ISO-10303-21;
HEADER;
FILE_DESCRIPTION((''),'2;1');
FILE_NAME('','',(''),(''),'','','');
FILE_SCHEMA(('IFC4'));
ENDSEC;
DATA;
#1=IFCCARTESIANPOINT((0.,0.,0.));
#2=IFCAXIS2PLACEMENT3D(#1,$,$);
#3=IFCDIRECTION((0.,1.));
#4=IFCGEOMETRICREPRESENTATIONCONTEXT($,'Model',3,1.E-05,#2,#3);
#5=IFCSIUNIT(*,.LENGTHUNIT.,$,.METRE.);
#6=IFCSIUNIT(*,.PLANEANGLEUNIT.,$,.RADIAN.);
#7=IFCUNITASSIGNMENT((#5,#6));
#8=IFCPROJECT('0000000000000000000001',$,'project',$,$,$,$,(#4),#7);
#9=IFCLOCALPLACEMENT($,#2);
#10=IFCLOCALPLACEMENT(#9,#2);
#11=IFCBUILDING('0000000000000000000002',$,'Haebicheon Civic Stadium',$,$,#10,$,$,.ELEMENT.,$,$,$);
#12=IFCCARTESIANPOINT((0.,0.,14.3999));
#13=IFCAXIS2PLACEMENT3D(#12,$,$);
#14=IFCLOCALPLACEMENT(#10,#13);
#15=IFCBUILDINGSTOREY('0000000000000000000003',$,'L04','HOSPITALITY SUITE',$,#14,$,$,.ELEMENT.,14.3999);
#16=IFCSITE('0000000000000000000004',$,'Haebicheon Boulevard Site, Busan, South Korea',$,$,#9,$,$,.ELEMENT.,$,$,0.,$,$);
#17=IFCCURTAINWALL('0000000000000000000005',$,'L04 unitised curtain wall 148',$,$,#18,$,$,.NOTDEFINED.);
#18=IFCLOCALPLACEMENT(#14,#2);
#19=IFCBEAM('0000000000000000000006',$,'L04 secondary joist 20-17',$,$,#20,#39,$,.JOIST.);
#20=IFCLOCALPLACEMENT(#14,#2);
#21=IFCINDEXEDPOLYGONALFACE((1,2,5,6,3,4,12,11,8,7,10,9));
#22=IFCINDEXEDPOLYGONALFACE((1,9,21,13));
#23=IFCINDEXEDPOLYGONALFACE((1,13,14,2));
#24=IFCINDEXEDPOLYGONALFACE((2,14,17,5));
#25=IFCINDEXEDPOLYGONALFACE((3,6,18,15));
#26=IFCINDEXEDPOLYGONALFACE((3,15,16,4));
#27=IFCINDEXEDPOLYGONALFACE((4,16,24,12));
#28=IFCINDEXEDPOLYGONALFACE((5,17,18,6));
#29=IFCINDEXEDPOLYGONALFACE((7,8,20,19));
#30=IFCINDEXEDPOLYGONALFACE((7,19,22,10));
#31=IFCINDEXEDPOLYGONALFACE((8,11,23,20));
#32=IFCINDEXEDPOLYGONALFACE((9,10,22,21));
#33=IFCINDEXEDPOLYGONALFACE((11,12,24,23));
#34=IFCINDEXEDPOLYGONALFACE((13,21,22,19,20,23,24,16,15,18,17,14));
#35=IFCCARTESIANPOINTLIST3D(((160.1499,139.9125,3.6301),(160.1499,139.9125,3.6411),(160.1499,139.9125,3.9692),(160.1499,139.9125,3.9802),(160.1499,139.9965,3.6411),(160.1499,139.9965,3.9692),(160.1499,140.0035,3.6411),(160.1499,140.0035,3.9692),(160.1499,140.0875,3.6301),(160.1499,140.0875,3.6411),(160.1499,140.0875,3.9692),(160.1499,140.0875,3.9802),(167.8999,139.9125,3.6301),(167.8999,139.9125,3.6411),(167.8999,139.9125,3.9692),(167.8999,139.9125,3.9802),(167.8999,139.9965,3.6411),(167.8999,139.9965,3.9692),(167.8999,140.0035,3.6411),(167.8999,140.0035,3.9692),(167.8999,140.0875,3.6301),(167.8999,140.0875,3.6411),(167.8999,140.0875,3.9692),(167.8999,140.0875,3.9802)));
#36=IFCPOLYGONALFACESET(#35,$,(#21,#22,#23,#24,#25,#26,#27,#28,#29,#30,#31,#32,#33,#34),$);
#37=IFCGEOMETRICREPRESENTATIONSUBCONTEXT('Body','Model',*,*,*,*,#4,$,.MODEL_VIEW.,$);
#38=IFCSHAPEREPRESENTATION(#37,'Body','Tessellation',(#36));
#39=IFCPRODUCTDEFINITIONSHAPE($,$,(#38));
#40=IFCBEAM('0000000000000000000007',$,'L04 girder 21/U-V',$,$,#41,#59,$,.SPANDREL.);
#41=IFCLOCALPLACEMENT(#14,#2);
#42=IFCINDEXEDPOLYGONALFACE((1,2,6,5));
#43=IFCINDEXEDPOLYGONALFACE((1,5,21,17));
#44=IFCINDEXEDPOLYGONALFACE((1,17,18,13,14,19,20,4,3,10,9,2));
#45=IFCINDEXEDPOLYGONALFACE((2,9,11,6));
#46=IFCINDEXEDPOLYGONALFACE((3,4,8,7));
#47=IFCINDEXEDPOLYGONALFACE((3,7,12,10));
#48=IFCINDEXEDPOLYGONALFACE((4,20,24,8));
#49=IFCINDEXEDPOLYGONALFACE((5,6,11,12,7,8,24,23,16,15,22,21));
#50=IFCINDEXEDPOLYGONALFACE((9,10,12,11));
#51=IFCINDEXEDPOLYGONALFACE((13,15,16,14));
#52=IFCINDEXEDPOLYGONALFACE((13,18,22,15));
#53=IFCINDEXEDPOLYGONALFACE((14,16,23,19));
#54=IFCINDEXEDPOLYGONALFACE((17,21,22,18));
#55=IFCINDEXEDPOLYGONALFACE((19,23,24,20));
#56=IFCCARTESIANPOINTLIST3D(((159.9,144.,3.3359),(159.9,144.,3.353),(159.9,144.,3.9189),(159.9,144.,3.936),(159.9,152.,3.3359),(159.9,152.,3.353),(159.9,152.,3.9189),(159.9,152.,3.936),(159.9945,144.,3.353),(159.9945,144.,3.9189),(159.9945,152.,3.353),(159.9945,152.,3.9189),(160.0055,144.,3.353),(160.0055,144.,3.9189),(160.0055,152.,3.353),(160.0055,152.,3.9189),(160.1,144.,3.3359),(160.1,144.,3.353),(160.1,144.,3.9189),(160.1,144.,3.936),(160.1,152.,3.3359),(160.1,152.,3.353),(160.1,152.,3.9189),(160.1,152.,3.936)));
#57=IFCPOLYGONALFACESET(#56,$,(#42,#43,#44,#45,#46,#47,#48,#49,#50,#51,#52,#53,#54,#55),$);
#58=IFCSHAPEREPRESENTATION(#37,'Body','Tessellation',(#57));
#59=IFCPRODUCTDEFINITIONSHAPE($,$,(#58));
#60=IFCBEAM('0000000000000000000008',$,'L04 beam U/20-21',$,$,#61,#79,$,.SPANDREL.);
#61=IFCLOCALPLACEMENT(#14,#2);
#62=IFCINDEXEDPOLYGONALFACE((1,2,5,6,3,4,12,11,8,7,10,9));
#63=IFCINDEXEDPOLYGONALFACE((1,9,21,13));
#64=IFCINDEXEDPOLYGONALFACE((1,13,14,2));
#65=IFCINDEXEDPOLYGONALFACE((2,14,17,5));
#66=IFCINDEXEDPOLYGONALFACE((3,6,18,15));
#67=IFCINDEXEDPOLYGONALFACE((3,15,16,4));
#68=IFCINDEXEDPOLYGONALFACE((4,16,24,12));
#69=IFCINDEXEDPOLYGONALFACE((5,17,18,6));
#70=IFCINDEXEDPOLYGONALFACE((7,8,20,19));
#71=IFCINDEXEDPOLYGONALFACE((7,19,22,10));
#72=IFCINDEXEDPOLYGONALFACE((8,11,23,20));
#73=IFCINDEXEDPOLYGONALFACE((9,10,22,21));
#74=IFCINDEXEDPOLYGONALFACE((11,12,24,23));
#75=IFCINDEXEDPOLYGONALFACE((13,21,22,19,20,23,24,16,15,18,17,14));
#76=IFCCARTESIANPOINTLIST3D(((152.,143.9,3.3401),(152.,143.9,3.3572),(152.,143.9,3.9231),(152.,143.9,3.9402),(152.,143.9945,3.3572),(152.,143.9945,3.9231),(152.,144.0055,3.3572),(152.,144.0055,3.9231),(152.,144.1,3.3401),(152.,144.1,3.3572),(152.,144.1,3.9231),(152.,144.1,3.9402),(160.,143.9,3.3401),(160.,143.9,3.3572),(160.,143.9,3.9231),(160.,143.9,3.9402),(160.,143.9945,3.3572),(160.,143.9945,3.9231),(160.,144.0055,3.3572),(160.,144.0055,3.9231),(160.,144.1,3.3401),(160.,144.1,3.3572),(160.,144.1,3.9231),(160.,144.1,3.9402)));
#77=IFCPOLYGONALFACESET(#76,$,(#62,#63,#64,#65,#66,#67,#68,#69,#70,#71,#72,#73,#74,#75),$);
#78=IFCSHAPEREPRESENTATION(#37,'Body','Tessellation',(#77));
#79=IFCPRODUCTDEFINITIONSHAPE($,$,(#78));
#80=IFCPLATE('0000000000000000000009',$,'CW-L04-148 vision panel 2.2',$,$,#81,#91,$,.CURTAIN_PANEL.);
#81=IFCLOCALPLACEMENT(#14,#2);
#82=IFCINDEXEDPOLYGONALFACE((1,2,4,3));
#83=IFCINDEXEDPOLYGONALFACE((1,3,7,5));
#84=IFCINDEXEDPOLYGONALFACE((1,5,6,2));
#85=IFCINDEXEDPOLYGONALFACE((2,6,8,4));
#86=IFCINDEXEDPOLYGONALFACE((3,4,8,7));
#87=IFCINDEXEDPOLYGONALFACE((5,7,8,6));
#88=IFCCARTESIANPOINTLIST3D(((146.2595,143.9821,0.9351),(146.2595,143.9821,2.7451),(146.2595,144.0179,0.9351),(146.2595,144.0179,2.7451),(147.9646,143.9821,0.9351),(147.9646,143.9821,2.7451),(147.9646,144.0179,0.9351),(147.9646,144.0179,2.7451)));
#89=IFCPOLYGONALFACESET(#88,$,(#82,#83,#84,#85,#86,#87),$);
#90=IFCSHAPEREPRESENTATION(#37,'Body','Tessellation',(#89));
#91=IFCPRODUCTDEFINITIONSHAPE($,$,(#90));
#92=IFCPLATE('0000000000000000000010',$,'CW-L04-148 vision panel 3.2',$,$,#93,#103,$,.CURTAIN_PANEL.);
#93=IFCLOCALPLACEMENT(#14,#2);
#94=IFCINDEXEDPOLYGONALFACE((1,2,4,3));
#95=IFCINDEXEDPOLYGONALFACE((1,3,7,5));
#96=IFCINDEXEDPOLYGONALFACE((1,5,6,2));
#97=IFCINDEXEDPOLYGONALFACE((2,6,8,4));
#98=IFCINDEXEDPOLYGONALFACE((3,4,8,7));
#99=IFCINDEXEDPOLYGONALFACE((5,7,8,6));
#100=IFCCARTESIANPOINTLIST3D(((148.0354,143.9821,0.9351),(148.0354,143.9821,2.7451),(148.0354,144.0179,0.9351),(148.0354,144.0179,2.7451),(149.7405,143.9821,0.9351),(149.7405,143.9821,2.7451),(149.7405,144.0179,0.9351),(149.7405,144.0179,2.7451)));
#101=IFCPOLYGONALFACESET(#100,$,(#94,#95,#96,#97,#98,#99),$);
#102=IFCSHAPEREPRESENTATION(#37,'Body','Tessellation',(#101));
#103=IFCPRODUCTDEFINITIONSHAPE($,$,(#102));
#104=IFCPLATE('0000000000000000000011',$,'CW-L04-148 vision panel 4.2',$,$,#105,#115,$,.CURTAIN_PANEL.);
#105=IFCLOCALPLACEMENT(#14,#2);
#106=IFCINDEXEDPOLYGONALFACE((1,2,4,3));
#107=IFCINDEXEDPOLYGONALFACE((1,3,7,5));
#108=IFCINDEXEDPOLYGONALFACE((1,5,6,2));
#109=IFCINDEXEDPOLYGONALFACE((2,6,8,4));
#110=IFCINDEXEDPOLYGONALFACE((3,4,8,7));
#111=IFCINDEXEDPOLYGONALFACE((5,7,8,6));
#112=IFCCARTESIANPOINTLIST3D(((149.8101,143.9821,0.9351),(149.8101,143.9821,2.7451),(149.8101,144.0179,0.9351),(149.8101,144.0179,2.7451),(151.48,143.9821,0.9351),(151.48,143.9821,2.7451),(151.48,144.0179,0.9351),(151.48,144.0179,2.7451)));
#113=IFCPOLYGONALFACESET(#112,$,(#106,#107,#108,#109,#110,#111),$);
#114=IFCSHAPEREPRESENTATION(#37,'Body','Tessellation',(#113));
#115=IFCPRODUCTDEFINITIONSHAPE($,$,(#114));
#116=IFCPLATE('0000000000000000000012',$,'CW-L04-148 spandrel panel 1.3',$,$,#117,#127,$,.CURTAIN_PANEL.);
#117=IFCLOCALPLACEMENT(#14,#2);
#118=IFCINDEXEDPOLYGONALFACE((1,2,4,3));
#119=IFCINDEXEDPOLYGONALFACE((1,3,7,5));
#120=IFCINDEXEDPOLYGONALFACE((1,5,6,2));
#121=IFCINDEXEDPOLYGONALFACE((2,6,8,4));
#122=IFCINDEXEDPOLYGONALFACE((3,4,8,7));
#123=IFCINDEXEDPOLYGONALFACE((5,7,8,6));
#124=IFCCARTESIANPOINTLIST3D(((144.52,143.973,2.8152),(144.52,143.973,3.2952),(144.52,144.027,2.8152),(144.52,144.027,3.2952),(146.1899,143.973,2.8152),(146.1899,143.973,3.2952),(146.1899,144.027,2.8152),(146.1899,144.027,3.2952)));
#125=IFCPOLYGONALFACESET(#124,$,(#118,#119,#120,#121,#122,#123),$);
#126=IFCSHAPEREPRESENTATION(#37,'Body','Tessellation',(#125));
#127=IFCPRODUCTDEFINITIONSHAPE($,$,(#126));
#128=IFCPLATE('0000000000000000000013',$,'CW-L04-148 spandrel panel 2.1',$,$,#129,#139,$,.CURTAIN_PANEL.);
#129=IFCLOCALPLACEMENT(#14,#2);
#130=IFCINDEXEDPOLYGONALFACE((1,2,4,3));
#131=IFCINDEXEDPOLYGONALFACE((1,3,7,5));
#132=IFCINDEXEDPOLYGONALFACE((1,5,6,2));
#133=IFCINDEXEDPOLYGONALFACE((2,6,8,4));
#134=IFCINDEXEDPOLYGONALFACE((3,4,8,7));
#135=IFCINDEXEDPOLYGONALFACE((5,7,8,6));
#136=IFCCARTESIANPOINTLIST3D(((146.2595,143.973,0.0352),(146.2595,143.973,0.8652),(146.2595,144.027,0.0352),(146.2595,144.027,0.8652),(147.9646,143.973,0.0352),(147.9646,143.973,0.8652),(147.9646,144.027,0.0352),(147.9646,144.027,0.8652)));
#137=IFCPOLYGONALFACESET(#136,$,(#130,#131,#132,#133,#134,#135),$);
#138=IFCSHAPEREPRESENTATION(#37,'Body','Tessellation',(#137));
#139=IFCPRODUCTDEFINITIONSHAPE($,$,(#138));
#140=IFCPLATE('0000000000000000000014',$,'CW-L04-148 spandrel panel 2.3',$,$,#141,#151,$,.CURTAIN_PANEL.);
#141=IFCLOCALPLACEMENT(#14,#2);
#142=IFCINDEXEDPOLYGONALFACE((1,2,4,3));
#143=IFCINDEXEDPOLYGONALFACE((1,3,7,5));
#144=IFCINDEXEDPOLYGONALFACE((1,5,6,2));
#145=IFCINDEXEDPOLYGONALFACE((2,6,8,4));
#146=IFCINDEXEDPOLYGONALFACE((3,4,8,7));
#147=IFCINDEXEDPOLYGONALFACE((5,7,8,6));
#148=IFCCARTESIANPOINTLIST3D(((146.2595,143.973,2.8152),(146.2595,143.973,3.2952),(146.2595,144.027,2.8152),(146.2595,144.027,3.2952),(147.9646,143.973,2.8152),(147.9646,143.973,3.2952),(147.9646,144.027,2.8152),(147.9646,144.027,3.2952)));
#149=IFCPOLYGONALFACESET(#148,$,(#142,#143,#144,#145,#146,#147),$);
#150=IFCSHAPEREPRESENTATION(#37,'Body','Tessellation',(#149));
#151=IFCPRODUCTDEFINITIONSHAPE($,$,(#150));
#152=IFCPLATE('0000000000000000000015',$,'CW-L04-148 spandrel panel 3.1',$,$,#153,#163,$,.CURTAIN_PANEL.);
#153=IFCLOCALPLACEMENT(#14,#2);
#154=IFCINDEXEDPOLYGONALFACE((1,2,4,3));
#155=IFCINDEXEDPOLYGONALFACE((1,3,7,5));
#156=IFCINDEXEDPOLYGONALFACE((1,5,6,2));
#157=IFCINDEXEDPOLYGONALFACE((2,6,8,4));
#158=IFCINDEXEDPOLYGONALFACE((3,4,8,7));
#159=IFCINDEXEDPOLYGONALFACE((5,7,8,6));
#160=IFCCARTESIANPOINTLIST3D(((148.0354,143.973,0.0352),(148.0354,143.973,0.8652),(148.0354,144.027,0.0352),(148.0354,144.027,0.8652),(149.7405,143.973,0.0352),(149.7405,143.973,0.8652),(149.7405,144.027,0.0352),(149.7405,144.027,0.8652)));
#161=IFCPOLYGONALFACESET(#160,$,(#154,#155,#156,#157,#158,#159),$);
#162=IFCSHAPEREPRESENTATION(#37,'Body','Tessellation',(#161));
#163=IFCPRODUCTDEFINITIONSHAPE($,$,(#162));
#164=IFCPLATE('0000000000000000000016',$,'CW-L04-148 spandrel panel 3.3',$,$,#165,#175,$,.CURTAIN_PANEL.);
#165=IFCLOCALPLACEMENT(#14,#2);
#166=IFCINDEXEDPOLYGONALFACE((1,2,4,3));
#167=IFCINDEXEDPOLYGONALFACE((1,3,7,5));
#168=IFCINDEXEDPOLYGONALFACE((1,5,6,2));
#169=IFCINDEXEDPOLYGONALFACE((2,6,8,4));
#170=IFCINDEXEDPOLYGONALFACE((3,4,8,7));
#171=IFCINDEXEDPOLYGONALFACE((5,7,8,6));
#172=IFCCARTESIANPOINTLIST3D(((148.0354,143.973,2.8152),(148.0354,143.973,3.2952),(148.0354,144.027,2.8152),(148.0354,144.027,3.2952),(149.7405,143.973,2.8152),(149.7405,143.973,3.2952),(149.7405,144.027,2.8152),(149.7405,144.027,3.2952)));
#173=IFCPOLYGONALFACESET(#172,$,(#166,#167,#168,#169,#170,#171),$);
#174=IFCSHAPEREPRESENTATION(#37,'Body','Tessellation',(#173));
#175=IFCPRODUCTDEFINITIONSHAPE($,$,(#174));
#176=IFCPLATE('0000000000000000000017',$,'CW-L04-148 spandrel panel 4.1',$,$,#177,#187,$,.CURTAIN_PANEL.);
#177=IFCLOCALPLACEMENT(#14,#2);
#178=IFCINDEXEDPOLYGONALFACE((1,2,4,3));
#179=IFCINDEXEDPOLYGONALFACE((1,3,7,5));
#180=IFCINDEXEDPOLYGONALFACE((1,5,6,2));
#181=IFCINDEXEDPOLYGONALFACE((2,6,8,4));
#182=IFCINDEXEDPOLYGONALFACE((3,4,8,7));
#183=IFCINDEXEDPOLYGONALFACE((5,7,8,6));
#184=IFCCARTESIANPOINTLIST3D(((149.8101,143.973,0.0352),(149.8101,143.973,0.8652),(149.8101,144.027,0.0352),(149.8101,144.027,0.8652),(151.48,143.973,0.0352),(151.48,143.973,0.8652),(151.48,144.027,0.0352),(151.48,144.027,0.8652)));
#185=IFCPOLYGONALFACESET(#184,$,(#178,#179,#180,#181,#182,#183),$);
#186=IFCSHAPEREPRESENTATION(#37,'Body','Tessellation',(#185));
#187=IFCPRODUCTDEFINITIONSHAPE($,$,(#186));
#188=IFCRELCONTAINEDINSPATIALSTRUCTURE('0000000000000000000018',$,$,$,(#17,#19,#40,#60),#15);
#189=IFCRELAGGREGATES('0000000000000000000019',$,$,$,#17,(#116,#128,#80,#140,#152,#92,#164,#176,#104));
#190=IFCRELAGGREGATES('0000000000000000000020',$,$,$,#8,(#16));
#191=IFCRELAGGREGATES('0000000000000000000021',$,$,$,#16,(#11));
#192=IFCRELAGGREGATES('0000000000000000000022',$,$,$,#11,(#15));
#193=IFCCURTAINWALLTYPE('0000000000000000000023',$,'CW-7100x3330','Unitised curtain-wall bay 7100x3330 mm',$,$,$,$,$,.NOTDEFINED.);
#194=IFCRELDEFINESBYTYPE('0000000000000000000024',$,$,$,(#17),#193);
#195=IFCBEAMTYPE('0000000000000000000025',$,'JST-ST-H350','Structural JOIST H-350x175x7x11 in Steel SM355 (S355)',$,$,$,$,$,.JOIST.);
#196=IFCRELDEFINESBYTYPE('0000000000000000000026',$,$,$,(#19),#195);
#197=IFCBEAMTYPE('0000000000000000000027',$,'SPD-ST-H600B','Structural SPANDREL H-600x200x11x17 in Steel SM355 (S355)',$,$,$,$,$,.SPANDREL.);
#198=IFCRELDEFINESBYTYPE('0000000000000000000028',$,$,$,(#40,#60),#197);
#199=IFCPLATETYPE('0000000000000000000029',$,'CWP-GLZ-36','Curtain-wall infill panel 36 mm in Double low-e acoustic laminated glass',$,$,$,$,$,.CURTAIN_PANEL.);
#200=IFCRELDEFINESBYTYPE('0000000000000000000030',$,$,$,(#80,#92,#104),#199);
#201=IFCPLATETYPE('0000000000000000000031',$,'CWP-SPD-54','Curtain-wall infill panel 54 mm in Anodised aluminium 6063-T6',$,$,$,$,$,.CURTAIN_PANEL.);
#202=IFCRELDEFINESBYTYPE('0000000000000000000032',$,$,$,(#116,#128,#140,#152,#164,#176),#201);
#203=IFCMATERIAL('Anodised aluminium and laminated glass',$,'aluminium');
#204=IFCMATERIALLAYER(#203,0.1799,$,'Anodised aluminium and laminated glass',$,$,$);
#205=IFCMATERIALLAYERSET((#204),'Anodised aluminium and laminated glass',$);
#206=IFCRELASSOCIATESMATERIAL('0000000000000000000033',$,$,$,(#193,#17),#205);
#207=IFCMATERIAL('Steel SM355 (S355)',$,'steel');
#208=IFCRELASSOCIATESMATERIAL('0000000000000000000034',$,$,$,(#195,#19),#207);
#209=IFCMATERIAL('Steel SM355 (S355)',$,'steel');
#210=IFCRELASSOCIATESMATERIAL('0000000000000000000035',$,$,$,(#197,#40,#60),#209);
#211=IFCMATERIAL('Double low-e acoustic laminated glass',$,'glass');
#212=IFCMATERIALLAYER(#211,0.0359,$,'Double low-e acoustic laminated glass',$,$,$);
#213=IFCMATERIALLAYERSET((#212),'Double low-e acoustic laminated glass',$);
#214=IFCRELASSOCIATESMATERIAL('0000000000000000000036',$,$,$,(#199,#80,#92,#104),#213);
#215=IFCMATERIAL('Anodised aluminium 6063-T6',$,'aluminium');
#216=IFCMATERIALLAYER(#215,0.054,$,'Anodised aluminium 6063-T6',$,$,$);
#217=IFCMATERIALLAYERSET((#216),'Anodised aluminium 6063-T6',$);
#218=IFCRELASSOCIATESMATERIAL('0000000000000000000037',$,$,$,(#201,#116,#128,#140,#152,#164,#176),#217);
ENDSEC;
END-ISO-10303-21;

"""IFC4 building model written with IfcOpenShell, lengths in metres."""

from ifc_helpers import new_model, si_unit, direction, frame, origin, origin_2d, place, context, subcontext, project, spatial, rectangle, i_section, extrude, material, layer, layer_set, material_profile, profile_set, type_object, element, aggregate, save


model = new_model("IFC4")

# Units and contexts
model_context = context("Model", 3, precision=1e-05, world=origin(), true_north=direction((0.0, 1.0)))
body_context = subcontext(model_context, "Body", "Model", "MODEL_VIEW")
ifc_project = project(units=[si_unit("LENGTHUNIT", "METRE"), si_unit("PLANEANGLEUNIT", "RADIAN")], contexts=[model_context])

# Site, building, storey
site_placement = place(None, origin())
site = spatial("IfcSite", under=ifc_project, at=site_placement, Name="Haebicheon Boulevard Site, Busan, South Korea", CompositionType="ELEMENT", RefElevation=0.0)
building_placement = place(site_placement, origin())
building = spatial("IfcBuilding", under=site, at=building_placement, Name="Haebicheon Civic Stadium", CompositionType="ELEMENT")
storey_placement = place(building_placement, frame((0.0, 0.0, 14.3999)))
storey = spatial("IfcBuildingStorey", under=building, at=storey_placement, Name="L04", Description="HOSPITALITY SUITE", CompositionType="ELEMENT", Elevation=14.3999)

# Curtain wall
ifc_material_1 = material(Name="Anodised aluminium and laminated glass", Category="aluminium")
ifc_layer_1 = layer(ifc_material_1, 0.1799, Name="Anodised aluminium and laminated glass")
ifc_layer_set_1 = layer_set([ifc_layer_1], Name="Anodised aluminium and laminated glass")
curtain_wall_type = type_object("IfcCurtainWallType", Name="CW-7100x3330", Description="Unitised curtain-wall bay 7100x3330 mm", PredefinedType="NOTDEFINED", material=ifc_layer_set_1)
curtain_wall_placement = place(storey_placement, origin())
curtain_wall = element("IfcCurtainWall", 1, at=curtain_wall_placement, inside=storey, type_object=curtain_wall_type, material=ifc_layer_set_1, Name="L04 unitised curtain wall 148", PredefinedType="NOTDEFINED")

# Beams
ifc_material_2 = material(Name="Steel SM355 (S355)", Category="steel")
ifc_material_profile_1 = material_profile(ifc_material_2, i_section(OverallWidth=0.175, OverallDepth=0.3501, WebThickness=0.0071, FlangeThickness=0.011, at=origin_2d()), Name="H-350x175x7x11")
ifc_profile_set_1 = profile_set([ifc_material_profile_1], Name="Steel SM355 (S355)")
beam_type_1 = type_object("IfcBeamType", Name="JST-ST-H350", Description="Structural JOIST H-350x175x7x11 in Steel SM355 (S355)", PredefinedType="JOIST", material=ifc_profile_set_1)
beam_1_placement = place(storey_placement, frame((160.1499, 140.0, 3.8052), z_axis=(1.0, 0.0, 0.0), x_axis=(0.0, 1.0, 0.0)))
element("IfcBeam", 2, at=beam_1_placement, inside=storey, type_object=beam_type_1, material=ifc_profile_set_1, Name="L04 secondary joist 20-17", PredefinedType="JOIST", context=body_context, shape_type="SweptSolid", body=[
    extrude(i_section(OverallWidth=0.175, OverallDepth=0.3501, WebThickness=0.0071, FlangeThickness=0.011, at=origin_2d()), origin(), (0.0, 0.0, 1.0), 7.75),
])
ifc_material_3 = material(Name="Steel SM355 (S355)", Category="steel")
ifc_material_profile_2 = material_profile(ifc_material_3, i_section(OverallWidth=0.2, OverallDepth=0.6001, WebThickness=0.011, FlangeThickness=0.0171, at=origin_2d()), Name="H-600x200x11x17")
ifc_profile_set_2 = profile_set([ifc_material_profile_2], Name="Steel SM355 (S355)")
beam_type_2 = type_object("IfcBeamType", Name="SPD-ST-H600B", Description="Structural SPANDREL H-600x200x11x17 in Steel SM355 (S355)", PredefinedType="SPANDREL", material=ifc_profile_set_2)
for number, where, z_axis, x_axis, name in (
    (3, (160.0, 144.0, 3.636), (0.0, 1.0, 0.0), (-1.0, 0.0, 0.0), "L04 girder 21/U-V"),
    (4, (152.0, 144.0, 3.6401), (1.0, 0.0, 0.0), (0.0, 1.0, 0.0), "L04 beam U/20-21"),
):
    element("IfcBeam", number, at=place(storey_placement, frame(where, z_axis=z_axis, x_axis=x_axis)), inside=storey, type_object=beam_type_2, material=ifc_profile_set_2, Name=name, PredefinedType="SPANDREL", context=body_context, shape_type="SweptSolid", body=[
        extrude(i_section(OverallWidth=0.2, OverallDepth=0.6001, WebThickness=0.011, FlangeThickness=0.0171, at=origin_2d()), origin(), (0.0, 0.0, 1.0), 8.0),
    ])

# Plates
ifc_material_4 = material(Name="Double low-e acoustic laminated glass", Category="glass")
ifc_layer_2 = layer(ifc_material_4, 0.0359, Name="Double low-e acoustic laminated glass")
ifc_layer_set_2 = layer_set([ifc_layer_2], Name="Double low-e acoustic laminated glass")
plate_type_1 = type_object("IfcPlateType", Name="CWP-GLZ-36", Description="Curtain-wall infill panel 36 mm in Double low-e acoustic laminated glass", PredefinedType="CURTAIN_PANEL", material=ifc_layer_set_2)
plate_1_placement = place(storey_placement, frame((147.1121, 144.0, 0.9351), z_axis=(0.0, 0.0, 1.0), x_axis=(1.0, 0.0, 0.0)))
plate_1 = element("IfcPlate", 5, at=plate_1_placement, type_object=plate_type_1, material=ifc_layer_set_2, Name="CW-L04-148 vision panel 2.2", PredefinedType="CURTAIN_PANEL", context=body_context, shape_type="SweptSolid", body=[
    extrude(rectangle(XDim=1.7051, YDim=0.0359, at=origin_2d()), origin(), (0.0, 0.0, 1.0), 1.8101),
])
plate_2_placement = place(storey_placement, frame((148.8879, 144.0, 0.9351), z_axis=(0.0, 0.0, 1.0), x_axis=(1.0, 0.0, 0.0)))
plate_2 = element("IfcPlate", 6, at=plate_2_placement, type_object=plate_type_1, material=ifc_layer_set_2, Name="CW-L04-148 vision panel 3.2", PredefinedType="CURTAIN_PANEL", context=body_context, shape_type="SweptSolid", body=[
    extrude(rectangle(XDim=1.7051, YDim=0.0359, at=origin_2d()), origin(), (0.0, 0.0, 1.0), 1.8101),
])
plate_3_placement = place(storey_placement, frame((150.645, 144.0, 0.9351), z_axis=(0.0, 0.0, 1.0), x_axis=(1.0, 0.0, 0.0)))
plate_3 = element("IfcPlate", 7, at=plate_3_placement, type_object=plate_type_1, material=ifc_layer_set_2, Name="CW-L04-148 vision panel 4.2", PredefinedType="CURTAIN_PANEL", context=body_context, shape_type="SweptSolid", body=[
    extrude(rectangle(XDim=1.6699, YDim=0.0359, at=origin_2d()), origin(), (0.0, 0.0, 1.0), 1.8101),
])
ifc_material_5 = material(Name="Anodised aluminium 6063-T6", Category="aluminium")
ifc_layer_3 = layer(ifc_material_5, 0.054, Name="Anodised aluminium 6063-T6")
ifc_layer_set_3 = layer_set([ifc_layer_3], Name="Anodised aluminium 6063-T6")
plate_type_2 = type_object("IfcPlateType", Name="CWP-SPD-54", Description="Curtain-wall infill panel 54 mm in Anodised aluminium 6063-T6", PredefinedType="CURTAIN_PANEL", material=ifc_layer_set_3)
plate_4_placement = place(storey_placement, frame((145.355, 144.0, 2.8152), z_axis=(0.0, 0.0, 1.0), x_axis=(1.0, 0.0, 0.0)))
plate_4 = element("IfcPlate", 8, at=plate_4_placement, type_object=plate_type_2, material=ifc_layer_set_3, Name="CW-L04-148 spandrel panel 1.3", PredefinedType="CURTAIN_PANEL", context=body_context, shape_type="SweptSolid", body=[
    extrude(rectangle(XDim=1.6699, YDim=0.054, at=origin_2d()), origin(), (0.0, 0.0, 1.0), 0.48),
])
plate_5_placement = place(storey_placement, frame((147.1121, 144.0, 0.0352), z_axis=(0.0, 0.0, 1.0), x_axis=(1.0, 0.0, 0.0)))
plate_5 = element("IfcPlate", 9, at=plate_5_placement, type_object=plate_type_2, material=ifc_layer_set_3, Name="CW-L04-148 spandrel panel 2.1", PredefinedType="CURTAIN_PANEL", context=body_context, shape_type="SweptSolid", body=[
    extrude(rectangle(XDim=1.7051, YDim=0.054, at=origin_2d()), origin(), (0.0, 0.0, 1.0), 0.8301),
])
plate_6_placement = place(storey_placement, frame((147.1121, 144.0, 2.8152), z_axis=(0.0, 0.0, 1.0), x_axis=(1.0, 0.0, 0.0)))
plate_6 = element("IfcPlate", 10, at=plate_6_placement, type_object=plate_type_2, material=ifc_layer_set_3, Name="CW-L04-148 spandrel panel 2.3", PredefinedType="CURTAIN_PANEL", context=body_context, shape_type="SweptSolid", body=[
    extrude(rectangle(XDim=1.7051, YDim=0.054, at=origin_2d()), origin(), (0.0, 0.0, 1.0), 0.48),
])
plate_7_placement = place(storey_placement, frame((148.8879, 144.0, 0.0352), z_axis=(0.0, 0.0, 1.0), x_axis=(1.0, 0.0, 0.0)))
plate_7 = element("IfcPlate", 11, at=plate_7_placement, type_object=plate_type_2, material=ifc_layer_set_3, Name="CW-L04-148 spandrel panel 3.1", PredefinedType="CURTAIN_PANEL", context=body_context, shape_type="SweptSolid", body=[
    extrude(rectangle(XDim=1.7051, YDim=0.054, at=origin_2d()), origin(), (0.0, 0.0, 1.0), 0.8301),
])
plate_8_placement = place(storey_placement, frame((148.8879, 144.0, 2.8152), z_axis=(0.0, 0.0, 1.0), x_axis=(1.0, 0.0, 0.0)))
plate_8 = element("IfcPlate", 12, at=plate_8_placement, type_object=plate_type_2, material=ifc_layer_set_3, Name="CW-L04-148 spandrel panel 3.3", PredefinedType="CURTAIN_PANEL", context=body_context, shape_type="SweptSolid", body=[
    extrude(rectangle(XDim=1.7051, YDim=0.054, at=origin_2d()), origin(), (0.0, 0.0, 1.0), 0.48),
])
plate_9_placement = place(storey_placement, frame((150.645, 144.0, 0.0352), z_axis=(0.0, 0.0, 1.0), x_axis=(1.0, 0.0, 0.0)))
plate_9 = element("IfcPlate", 13, at=plate_9_placement, type_object=plate_type_2, material=ifc_layer_set_3, Name="CW-L04-148 spandrel panel 4.1", PredefinedType="CURTAIN_PANEL", context=body_context, shape_type="SweptSolid", body=[
    extrude(rectangle(XDim=1.6699, YDim=0.054, at=origin_2d()), origin(), (0.0, 0.0, 1.0), 0.8301),
])
aggregate(curtain_wall, [plate_4, plate_5, plate_1, plate_6, plate_7, plate_2, plate_8, plate_9, plate_3])

save(model, "model.ifc")
